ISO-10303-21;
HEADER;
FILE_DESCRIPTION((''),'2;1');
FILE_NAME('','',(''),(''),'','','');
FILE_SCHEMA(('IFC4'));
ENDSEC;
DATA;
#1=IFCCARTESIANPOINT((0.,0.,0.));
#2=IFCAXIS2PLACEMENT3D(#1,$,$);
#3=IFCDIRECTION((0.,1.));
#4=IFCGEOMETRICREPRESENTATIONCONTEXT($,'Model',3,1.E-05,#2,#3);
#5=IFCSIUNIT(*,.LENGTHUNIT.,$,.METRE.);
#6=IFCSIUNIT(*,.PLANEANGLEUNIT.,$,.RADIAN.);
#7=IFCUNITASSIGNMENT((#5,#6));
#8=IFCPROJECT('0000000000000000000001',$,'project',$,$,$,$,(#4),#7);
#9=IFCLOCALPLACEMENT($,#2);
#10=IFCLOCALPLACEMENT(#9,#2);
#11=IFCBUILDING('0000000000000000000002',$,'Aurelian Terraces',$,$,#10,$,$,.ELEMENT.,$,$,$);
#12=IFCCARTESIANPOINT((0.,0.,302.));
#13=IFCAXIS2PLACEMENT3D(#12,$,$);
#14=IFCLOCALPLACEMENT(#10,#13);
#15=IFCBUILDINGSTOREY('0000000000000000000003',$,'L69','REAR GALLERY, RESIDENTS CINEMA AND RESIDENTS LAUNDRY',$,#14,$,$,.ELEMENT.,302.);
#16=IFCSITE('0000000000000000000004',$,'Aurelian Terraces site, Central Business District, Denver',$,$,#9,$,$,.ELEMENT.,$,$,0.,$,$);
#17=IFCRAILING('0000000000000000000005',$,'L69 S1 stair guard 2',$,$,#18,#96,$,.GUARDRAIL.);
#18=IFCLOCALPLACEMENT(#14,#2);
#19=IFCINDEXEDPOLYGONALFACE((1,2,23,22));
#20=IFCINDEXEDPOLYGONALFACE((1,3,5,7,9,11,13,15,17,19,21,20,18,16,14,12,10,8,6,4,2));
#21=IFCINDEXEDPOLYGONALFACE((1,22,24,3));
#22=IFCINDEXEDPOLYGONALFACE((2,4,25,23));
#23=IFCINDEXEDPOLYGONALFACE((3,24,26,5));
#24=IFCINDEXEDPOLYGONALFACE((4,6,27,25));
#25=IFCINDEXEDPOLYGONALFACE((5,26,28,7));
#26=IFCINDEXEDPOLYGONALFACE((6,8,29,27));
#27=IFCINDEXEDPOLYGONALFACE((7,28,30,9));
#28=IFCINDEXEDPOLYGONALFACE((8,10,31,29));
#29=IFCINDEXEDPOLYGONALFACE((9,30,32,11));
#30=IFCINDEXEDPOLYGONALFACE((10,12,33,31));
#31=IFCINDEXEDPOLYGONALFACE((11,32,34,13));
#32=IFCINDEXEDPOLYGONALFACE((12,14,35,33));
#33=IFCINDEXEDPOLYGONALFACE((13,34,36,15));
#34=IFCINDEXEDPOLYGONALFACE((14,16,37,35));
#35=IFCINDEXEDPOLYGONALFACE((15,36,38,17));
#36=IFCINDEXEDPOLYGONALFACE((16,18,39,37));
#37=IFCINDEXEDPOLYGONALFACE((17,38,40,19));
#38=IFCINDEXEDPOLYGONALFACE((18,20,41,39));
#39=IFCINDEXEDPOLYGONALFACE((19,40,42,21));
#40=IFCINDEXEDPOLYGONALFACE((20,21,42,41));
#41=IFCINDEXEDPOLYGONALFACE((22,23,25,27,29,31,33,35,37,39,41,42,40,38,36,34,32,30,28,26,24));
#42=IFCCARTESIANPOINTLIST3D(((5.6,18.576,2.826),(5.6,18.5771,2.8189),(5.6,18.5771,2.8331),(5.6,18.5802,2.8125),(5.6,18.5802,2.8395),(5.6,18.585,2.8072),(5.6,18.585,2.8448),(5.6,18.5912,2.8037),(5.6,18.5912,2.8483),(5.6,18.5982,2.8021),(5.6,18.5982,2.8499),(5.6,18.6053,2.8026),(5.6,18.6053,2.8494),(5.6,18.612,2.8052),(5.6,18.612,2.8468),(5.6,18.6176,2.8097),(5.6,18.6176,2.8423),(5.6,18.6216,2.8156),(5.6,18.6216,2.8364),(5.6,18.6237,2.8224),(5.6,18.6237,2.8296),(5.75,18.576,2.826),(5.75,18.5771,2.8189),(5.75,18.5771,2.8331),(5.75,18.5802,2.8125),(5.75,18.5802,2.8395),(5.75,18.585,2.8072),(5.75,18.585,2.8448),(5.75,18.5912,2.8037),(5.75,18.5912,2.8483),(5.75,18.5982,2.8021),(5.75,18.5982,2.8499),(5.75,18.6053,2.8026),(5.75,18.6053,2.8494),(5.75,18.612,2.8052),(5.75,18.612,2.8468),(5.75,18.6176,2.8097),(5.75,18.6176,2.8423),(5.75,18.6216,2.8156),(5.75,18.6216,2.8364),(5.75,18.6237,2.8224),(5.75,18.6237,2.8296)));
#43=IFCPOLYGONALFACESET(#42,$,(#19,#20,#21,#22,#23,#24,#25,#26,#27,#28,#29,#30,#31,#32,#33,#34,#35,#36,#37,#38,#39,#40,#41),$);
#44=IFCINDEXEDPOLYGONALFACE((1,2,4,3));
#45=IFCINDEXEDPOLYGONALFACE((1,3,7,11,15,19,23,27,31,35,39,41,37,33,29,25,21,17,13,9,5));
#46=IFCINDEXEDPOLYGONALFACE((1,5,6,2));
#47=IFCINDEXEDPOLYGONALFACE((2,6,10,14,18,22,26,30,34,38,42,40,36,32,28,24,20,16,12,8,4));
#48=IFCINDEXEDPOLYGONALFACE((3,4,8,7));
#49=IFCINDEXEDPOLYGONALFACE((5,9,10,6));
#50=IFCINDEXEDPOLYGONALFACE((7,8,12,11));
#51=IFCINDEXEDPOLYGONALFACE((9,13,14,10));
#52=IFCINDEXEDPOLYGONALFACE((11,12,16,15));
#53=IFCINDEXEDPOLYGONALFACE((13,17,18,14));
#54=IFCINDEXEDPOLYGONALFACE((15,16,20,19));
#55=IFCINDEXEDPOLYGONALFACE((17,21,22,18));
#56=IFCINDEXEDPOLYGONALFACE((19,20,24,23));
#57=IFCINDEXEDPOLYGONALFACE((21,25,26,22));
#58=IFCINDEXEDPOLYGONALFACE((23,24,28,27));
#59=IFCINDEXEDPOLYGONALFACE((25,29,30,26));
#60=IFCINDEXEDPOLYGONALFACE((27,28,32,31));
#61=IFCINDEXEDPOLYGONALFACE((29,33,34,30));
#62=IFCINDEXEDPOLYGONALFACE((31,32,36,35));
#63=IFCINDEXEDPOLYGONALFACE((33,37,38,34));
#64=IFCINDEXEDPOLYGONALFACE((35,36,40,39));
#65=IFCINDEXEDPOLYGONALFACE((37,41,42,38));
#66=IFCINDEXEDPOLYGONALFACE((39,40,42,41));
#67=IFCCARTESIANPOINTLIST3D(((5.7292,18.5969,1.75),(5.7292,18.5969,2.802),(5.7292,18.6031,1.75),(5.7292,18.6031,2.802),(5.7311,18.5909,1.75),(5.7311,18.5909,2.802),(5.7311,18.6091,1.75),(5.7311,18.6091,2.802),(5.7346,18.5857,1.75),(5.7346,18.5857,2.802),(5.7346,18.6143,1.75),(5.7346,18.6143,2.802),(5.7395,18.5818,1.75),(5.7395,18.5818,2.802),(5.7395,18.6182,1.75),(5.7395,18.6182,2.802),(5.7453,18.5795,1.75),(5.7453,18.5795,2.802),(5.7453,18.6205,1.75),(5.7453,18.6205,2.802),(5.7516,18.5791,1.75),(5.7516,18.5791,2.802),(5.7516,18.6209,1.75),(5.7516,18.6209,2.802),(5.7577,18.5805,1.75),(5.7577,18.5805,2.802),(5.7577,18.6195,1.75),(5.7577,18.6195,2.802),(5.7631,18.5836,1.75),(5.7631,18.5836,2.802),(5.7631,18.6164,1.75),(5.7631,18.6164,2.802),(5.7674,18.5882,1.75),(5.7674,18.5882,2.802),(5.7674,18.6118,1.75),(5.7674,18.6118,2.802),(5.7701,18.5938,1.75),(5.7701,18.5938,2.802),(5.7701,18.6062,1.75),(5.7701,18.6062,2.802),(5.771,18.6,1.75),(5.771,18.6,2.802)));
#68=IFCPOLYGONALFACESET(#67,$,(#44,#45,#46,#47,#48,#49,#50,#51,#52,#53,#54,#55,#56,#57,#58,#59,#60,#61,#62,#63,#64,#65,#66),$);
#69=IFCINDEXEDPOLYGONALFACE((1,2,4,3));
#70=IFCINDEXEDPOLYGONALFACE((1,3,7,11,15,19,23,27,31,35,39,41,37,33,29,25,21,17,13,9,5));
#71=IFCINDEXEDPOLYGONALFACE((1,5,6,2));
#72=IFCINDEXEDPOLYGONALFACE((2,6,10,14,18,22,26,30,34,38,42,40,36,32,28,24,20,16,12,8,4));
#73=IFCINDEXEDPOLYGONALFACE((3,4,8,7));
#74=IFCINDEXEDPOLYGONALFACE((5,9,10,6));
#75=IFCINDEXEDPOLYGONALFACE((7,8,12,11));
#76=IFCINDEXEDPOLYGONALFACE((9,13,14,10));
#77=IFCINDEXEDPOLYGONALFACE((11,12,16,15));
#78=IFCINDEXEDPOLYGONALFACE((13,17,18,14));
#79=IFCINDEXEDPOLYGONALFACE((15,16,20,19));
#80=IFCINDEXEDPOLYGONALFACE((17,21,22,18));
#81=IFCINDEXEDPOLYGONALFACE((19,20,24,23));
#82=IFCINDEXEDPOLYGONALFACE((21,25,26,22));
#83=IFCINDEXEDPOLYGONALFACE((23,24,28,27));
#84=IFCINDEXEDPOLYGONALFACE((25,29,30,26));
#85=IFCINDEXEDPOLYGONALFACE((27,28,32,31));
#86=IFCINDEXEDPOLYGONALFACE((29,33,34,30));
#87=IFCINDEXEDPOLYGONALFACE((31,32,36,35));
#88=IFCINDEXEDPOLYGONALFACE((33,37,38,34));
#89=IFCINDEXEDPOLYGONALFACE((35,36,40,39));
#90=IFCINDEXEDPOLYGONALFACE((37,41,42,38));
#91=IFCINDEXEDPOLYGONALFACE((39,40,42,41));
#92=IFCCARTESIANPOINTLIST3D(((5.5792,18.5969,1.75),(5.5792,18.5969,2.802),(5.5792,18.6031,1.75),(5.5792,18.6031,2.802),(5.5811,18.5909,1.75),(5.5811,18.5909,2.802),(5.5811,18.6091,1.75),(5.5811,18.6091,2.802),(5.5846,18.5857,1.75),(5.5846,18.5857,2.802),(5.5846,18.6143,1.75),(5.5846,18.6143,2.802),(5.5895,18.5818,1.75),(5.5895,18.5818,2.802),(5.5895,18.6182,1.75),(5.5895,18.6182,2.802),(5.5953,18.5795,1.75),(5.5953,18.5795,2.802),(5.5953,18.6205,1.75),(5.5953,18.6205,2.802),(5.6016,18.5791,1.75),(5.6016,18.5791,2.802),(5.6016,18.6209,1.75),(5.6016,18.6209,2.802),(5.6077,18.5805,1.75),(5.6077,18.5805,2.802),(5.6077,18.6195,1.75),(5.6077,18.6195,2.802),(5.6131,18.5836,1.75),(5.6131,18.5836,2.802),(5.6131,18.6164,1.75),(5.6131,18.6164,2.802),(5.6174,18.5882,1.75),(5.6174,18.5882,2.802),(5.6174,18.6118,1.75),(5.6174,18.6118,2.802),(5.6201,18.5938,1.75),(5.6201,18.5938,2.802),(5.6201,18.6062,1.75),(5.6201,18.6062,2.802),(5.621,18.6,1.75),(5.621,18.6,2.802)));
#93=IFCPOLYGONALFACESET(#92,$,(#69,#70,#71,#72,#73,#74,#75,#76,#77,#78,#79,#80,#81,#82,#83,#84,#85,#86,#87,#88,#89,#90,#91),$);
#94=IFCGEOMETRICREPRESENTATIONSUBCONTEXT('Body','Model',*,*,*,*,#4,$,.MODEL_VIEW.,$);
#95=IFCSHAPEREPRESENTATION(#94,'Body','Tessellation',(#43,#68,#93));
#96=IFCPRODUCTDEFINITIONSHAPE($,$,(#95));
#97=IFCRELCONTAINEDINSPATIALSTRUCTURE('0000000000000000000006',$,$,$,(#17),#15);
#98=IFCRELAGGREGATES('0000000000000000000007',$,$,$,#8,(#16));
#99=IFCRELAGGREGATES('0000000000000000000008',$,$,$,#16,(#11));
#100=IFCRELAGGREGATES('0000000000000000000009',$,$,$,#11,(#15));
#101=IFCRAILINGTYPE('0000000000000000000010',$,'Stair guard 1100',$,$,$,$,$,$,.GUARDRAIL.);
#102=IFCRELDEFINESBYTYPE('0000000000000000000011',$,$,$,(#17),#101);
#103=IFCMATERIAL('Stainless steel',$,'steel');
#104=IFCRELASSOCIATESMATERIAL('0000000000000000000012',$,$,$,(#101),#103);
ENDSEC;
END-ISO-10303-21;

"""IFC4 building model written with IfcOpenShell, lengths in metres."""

from ifc_helpers import new_model, si_unit, direction, frame, origin, origin_2d, place, context, subcontext, project, spatial, circle, extrude, source, transform, mapped, material, type_object, element, save


model = new_model("IFC4")

# Units and contexts
model_context = context("Model", 3, precision=1e-05, world=origin(), true_north=direction((0.0, 1.0)))
body_context = subcontext(model_context, "Body", "Model", "MODEL_VIEW")
ifc_project = project(units=[si_unit("LENGTHUNIT", "METRE"), si_unit("PLANEANGLEUNIT", "RADIAN")], contexts=[model_context])

# Site, building, storey
site_placement = place(None, origin())
site = spatial("IfcSite", under=ifc_project, at=site_placement, Name="Aurelian Terraces site, Central Business District, Denver", CompositionType="ELEMENT", RefElevation=0.0)
building_placement = place(site_placement, origin())
building = spatial("IfcBuilding", under=site, at=building_placement, Name="Aurelian Terraces", CompositionType="ELEMENT")
storey_placement = place(building_placement, frame((0.0, 0.0, 302.0)))
storey = spatial("IfcBuildingStorey", under=building, at=storey_placement, Name="L69", Description="REAR GALLERY, RESIDENTS CINEMA AND RESIDENTS LAUNDRY", CompositionType="ELEMENT", Elevation=302.0)

# Railing
ifc_material_1 = material(Name="Stainless steel", Category="steel")
railing_type_1 = type_object("IfcRailingType", Name="Stair guard 1100", PredefinedType="GUARDRAIL", material=ifc_material_1)
shared_shape_1 = source(origin(), body_context, "Body", "SweptSolid", [
    extrude(circle(Radius=0.024, at=origin_2d()), frame((0.0, 0.0, 1.076), z_axis=(-1.0, 0.0, 0.0), x_axis=(0.0, -1.0, 0.0)), (0.0, 0.0, 1.0), 0.15),
    extrude(circle(Radius=0.021, at=origin_2d()), origin(), (0.0, 0.0, 1.0), 1.052),
    extrude(circle(Radius=0.021, at=origin_2d()), frame((-0.15, 0.0, 0.0)), (0.0, 0.0, 1.0), 1.052),
])
railing_1_placement = place(storey_placement, frame((5.75, 18.6, 1.75)))
element("IfcRailing", 1, at=railing_1_placement, inside=storey, type_object=railing_type_1, Name="L69 S1 stair guard 2", PredefinedType="GUARDRAIL", context=body_context, shape_type="MappedRepresentation", body=[
    mapped(shared_shape_1, transform((0.0, 0.0, 0.0), scale=1.0)),
])

save(model, "model.ifc")
